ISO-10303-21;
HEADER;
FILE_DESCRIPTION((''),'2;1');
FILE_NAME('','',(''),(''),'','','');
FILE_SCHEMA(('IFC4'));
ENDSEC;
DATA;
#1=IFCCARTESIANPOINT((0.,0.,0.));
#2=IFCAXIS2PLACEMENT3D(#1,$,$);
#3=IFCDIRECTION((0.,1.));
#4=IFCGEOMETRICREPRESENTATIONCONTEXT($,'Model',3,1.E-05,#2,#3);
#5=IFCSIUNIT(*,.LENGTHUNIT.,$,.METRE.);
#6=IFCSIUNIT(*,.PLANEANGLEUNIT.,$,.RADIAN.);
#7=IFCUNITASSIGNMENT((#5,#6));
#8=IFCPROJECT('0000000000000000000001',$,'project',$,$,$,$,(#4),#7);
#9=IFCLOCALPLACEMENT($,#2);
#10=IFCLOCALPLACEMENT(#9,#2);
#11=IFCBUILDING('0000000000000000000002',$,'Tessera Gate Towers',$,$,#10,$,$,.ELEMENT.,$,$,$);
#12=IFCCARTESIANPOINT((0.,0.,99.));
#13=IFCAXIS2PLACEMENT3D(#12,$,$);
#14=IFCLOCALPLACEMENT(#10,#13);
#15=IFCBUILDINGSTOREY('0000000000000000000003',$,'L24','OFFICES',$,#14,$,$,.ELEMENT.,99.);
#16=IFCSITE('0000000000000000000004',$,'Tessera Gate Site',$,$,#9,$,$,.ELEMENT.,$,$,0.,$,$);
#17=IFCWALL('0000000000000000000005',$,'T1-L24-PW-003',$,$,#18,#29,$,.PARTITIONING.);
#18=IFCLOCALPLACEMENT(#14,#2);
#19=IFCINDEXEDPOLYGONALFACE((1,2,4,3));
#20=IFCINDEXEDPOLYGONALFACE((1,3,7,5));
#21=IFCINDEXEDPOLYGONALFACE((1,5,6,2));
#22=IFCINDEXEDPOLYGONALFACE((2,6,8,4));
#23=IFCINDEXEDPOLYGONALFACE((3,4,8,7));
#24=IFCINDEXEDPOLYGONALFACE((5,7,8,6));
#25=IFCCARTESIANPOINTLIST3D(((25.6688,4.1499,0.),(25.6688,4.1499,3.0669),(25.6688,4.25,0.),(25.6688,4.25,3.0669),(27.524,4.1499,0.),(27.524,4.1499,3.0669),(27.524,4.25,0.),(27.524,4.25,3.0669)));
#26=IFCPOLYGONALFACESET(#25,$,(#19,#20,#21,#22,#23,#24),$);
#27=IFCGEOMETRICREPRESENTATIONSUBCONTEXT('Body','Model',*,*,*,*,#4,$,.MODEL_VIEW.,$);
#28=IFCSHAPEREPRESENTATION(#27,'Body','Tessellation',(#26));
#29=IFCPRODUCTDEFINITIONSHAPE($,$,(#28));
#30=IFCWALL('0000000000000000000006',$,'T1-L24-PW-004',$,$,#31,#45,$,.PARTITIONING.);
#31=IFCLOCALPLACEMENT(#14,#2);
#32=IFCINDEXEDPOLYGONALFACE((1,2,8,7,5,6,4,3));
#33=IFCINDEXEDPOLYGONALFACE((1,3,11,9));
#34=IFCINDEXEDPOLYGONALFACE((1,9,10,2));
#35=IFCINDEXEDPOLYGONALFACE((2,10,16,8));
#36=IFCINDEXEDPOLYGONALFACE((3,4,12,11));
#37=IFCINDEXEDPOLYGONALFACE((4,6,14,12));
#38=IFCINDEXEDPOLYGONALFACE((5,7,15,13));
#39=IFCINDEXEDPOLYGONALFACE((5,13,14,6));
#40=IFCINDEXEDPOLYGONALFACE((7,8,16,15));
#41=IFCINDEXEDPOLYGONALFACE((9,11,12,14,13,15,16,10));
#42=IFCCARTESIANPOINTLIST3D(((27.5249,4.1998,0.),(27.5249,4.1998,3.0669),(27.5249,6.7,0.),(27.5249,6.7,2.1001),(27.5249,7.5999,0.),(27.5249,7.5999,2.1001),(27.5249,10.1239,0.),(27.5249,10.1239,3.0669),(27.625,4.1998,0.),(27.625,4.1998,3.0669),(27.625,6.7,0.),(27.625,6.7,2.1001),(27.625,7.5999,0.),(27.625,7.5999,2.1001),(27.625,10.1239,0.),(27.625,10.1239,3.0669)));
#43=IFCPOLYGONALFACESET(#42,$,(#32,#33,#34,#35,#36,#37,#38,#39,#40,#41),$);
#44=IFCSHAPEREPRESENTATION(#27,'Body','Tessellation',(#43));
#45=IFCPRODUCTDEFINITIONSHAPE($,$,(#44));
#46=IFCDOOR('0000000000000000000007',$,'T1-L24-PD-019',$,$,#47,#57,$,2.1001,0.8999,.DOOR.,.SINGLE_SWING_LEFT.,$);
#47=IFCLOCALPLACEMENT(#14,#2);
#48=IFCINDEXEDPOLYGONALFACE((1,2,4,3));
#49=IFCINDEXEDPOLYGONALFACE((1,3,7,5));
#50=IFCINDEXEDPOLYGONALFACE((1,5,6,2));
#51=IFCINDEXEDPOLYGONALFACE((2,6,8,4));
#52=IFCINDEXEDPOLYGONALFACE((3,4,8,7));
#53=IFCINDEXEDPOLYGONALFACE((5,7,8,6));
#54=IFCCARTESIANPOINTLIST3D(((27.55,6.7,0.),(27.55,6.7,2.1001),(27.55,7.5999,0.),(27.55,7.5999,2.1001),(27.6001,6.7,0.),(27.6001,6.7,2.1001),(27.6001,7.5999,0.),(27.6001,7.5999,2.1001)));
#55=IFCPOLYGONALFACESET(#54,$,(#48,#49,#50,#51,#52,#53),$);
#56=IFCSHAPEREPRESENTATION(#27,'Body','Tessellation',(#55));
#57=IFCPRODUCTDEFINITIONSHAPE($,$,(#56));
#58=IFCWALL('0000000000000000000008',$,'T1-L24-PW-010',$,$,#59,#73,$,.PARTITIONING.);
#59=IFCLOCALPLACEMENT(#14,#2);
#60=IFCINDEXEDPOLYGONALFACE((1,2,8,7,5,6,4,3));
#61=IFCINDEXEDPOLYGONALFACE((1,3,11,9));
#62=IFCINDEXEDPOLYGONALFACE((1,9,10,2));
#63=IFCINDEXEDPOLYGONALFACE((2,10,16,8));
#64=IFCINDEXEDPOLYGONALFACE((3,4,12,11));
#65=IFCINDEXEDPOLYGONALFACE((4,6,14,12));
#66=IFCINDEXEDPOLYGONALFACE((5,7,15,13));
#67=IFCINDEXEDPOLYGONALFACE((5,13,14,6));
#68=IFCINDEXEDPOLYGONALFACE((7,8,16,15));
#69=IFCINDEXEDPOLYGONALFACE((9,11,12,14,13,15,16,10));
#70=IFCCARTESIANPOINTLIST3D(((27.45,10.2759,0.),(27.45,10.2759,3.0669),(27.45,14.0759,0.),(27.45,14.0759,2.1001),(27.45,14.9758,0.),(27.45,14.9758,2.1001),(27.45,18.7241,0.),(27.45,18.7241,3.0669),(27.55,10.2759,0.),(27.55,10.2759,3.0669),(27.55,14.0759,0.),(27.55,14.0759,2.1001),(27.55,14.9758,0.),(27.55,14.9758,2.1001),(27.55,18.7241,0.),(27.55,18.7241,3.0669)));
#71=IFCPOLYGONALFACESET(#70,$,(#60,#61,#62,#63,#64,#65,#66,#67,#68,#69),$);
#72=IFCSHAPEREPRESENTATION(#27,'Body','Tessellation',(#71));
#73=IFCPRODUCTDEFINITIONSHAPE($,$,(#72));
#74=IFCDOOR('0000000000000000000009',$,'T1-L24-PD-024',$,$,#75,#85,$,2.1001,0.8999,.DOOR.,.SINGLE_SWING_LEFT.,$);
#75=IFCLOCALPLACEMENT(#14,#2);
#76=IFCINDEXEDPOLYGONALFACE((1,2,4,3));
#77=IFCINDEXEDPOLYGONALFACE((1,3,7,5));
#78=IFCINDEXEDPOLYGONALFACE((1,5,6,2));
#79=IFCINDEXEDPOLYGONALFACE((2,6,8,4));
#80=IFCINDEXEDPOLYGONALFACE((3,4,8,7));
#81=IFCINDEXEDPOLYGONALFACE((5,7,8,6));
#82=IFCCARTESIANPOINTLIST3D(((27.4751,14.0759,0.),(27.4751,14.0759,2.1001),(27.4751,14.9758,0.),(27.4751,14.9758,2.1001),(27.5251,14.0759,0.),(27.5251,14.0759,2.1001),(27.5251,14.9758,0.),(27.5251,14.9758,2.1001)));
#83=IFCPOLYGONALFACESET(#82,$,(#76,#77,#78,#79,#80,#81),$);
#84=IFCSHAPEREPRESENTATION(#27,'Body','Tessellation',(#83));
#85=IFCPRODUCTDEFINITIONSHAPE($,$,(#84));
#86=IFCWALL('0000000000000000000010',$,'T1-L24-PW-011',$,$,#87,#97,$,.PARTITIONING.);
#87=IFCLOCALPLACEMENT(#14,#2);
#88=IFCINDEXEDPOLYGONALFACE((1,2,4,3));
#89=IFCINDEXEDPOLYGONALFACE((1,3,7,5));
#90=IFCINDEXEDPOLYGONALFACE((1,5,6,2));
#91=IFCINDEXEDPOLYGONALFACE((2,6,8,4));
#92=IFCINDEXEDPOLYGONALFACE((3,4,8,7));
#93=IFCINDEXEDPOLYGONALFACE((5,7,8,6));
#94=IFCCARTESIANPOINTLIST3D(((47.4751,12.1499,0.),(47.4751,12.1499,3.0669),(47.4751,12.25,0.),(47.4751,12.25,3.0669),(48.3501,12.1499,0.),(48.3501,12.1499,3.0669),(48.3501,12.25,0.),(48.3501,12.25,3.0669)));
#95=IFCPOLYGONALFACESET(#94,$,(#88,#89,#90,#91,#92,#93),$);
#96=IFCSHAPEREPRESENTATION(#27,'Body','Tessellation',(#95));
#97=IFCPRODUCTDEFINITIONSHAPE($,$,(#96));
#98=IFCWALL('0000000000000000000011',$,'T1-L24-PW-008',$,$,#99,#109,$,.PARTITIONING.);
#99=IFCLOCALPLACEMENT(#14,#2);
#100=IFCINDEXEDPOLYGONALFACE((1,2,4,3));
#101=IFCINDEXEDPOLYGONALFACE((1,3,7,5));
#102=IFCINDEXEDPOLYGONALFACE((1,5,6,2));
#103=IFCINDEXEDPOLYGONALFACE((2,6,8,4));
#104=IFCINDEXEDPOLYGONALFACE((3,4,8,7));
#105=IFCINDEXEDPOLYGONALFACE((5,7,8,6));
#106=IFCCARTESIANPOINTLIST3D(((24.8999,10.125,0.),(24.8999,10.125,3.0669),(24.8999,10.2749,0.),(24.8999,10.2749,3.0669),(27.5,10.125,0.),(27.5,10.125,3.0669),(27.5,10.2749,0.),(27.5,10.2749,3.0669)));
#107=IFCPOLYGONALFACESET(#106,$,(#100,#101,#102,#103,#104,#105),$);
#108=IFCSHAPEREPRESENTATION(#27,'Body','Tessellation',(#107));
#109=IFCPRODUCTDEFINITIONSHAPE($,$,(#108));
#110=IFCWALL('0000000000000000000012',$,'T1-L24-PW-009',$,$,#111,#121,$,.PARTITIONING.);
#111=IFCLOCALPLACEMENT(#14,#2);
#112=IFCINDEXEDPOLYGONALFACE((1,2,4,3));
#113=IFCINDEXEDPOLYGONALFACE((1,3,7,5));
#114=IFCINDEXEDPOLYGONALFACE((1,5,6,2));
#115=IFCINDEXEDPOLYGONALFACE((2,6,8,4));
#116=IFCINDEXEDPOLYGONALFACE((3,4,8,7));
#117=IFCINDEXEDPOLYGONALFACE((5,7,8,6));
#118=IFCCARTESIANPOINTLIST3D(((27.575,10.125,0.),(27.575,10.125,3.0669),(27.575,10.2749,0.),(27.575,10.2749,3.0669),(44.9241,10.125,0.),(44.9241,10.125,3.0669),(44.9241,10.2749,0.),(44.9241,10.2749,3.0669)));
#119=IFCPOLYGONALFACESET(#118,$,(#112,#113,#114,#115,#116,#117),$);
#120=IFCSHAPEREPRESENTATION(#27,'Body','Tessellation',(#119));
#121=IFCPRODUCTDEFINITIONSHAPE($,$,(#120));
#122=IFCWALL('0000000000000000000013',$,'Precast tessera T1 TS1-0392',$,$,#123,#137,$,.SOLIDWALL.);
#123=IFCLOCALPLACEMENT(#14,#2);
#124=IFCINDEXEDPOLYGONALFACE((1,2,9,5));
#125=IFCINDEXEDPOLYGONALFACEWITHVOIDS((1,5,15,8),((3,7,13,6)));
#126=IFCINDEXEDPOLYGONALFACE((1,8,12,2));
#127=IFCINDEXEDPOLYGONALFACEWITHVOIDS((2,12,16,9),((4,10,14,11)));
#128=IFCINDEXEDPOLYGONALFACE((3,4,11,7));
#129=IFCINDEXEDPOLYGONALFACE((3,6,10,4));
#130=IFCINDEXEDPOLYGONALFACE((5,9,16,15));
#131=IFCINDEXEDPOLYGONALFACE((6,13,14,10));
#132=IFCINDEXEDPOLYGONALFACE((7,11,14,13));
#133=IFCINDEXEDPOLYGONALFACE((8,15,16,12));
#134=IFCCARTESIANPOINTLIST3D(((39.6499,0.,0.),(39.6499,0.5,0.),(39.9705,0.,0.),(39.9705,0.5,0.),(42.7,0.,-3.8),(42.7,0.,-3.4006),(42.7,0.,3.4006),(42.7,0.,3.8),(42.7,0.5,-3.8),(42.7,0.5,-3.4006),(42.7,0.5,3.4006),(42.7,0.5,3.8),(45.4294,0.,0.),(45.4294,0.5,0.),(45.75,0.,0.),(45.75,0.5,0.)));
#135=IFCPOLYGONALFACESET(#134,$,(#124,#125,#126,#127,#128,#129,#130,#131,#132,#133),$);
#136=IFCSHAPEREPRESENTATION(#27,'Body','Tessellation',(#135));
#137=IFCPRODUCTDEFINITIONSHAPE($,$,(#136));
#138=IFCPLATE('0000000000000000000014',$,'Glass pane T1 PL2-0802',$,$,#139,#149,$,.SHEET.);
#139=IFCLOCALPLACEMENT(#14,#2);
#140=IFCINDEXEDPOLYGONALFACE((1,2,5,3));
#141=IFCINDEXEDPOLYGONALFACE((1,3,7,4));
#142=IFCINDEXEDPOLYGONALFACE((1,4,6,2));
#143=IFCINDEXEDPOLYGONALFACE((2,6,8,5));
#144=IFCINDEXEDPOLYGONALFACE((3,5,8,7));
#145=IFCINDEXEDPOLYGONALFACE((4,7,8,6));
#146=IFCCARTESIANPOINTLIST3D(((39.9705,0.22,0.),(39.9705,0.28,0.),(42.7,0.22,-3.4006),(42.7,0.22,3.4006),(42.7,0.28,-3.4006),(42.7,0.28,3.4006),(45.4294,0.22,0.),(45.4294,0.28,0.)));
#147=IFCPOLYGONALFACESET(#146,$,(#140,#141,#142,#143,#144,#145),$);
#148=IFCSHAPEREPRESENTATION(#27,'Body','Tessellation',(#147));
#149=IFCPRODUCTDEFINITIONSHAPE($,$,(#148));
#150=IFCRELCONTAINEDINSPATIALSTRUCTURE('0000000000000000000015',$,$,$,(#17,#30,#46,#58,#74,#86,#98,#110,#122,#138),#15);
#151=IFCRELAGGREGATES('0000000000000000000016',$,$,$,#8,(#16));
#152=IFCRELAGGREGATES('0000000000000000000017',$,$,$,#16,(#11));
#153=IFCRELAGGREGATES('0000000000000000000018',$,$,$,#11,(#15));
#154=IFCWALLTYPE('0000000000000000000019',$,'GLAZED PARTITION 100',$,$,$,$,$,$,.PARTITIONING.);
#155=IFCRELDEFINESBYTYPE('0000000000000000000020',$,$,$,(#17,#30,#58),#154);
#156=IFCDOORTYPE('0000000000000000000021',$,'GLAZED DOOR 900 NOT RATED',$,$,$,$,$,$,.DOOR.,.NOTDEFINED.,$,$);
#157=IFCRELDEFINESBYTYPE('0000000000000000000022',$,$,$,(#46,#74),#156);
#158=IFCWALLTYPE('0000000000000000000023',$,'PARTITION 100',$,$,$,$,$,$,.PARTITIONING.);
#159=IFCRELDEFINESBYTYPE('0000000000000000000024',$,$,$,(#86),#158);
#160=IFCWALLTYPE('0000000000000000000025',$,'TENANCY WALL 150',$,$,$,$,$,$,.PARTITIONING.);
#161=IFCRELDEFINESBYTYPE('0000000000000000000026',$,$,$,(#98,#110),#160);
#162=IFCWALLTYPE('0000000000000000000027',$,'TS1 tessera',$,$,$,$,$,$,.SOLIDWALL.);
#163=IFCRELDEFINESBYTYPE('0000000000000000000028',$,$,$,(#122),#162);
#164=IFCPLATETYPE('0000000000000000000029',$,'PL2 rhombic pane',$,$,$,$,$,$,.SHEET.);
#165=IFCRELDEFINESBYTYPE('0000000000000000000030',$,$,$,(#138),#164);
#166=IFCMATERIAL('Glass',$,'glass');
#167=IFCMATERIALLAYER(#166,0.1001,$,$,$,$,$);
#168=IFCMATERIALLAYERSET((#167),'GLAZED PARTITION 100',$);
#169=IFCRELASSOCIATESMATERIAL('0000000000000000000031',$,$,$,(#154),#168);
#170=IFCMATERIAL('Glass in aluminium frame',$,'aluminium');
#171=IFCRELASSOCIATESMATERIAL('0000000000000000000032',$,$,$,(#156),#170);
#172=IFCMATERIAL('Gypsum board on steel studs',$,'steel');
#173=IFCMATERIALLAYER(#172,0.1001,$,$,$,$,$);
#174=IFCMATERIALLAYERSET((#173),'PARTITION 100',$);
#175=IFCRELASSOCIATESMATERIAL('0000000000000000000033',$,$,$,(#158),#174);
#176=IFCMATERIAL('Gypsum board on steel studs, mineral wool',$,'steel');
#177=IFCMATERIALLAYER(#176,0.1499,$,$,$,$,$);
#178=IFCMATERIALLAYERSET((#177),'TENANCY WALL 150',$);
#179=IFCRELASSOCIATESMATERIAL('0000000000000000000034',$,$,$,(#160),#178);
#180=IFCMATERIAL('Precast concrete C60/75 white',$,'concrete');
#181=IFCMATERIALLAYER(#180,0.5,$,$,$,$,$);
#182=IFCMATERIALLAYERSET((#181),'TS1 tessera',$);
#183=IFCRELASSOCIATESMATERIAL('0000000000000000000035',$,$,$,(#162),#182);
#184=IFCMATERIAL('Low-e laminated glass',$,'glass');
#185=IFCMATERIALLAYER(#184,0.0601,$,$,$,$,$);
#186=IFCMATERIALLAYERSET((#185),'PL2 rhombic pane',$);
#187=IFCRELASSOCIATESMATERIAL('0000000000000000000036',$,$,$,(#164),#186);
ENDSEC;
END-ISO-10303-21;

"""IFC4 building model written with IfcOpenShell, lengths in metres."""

from ifc_helpers import new_model, si_unit, direction, frame, frame_2d, origin, place, context, subcontext, project, spatial, polyline, rectangle, outline, extrude, source, transform, mapped, material, layer, layer_set, type_object, element, fill, save


model = new_model("IFC4")

# Units and contexts
model_context = context("Model", 3, precision=1e-05, world=origin(), true_north=direction((0.0, 1.0)))
body_context = subcontext(model_context, "Body", "Model", "MODEL_VIEW")
ifc_project = project(units=[si_unit("LENGTHUNIT", "METRE"), si_unit("PLANEANGLEUNIT", "RADIAN")], contexts=[model_context])

# Site, building, storey
site_placement = place(None, origin())
site = spatial("IfcSite", under=ifc_project, at=site_placement, Name="Tessera Gate Site", CompositionType="ELEMENT", RefElevation=0.0)
building_placement = place(site_placement, origin())
building = spatial("IfcBuilding", under=site, at=building_placement, Name="Tessera Gate Towers", CompositionType="ELEMENT")
storey_placement = place(building_placement, frame((0.0, 0.0, 99.0)))
storey = spatial("IfcBuildingStorey", under=building, at=storey_placement, Name="L24", Description="OFFICES", CompositionType="ELEMENT", Elevation=99.0)

# Shared definitions
shared_shape_1 = source(origin(), body_context, "Body", "SweptSolid", [
    extrude(rectangle(XDim=0.8999, YDim=2.1001, at=frame_2d((0.45, 1.05))), frame((0.0, 0.0249, 0.0), z_axis=(0.0, -1.0, 0.0), x_axis=(1.0, 0.0, 0.0)), (0.0, 0.0, 1.0), 0.05),
])

# Wall
ifc_material_1 = material(Name="Glass", Category="glass")
ifc_layer_1 = layer(ifc_material_1, 0.1001)
ifc_layer_set_1 = layer_set([ifc_layer_1], Name="GLAZED PARTITION 100")
wall_type_1 = type_object("IfcWallType", Name="GLAZED PARTITION 100", PredefinedType="PARTITIONING", material=ifc_layer_set_1)
wall_1_placement = place(storey_placement, frame((25.6687, 4.2, 0.0), z_axis=(0.0, 0.0, 1.0), x_axis=(1.0, 0.0, 0.0)))
element("IfcWall", 1, at=wall_1_placement, inside=storey, type_object=wall_type_1, Name="T1-L24-PW-003", PredefinedType="PARTITIONING", context=body_context, shape_type="SweptSolid", body=[
    extrude(rectangle(XDim=1.8552, YDim=0.1001, at=frame_2d((0.9277, 0.0))), origin(), (0.0, 0.0, 1.0), 3.0669),
])

# Walls, openings, doors
wall_2_placement = place(storey_placement, frame((27.575, 4.2, 0.0), z_axis=(0.0, 0.0, 1.0), x_axis=(0.0, 1.0, 0.0)))
wall_2 = element("IfcWall", 2, at=wall_2_placement, inside=storey, type_object=wall_type_1, Name="T1-L24-PW-004", PredefinedType="PARTITIONING", context=body_context, shape_type="SweptSolid", body=[
    extrude(rectangle(XDim=5.9241, YDim=0.1001, at=frame_2d((2.9619, 0.0))), origin(), (0.0, 0.0, 1.0), 3.0669),
])
shared_shape_2 = source(origin(), body_context, "Body", "SweptSolid", [
    extrude(rectangle(XDim=0.8999, YDim=2.1001, at=frame_2d((0.45, 1.05))), frame((0.0, 0.0601, 0.0), z_axis=(0.0, -1.0, 0.0), x_axis=(1.0, 0.0, 0.0)), (0.0, 0.0, 1.0), 0.1201),
])
opening_1_placement = place(wall_2_placement, frame((2.5, 0.0, 0.0)))
opening_1 = element("IfcOpeningElement", 3, at=opening_1_placement, cuts=wall_2, PredefinedType="OPENING", context=body_context, shape_type="MappedRepresentation", body=[
    mapped(shared_shape_2, transform((0.0, 0.0, 0.0), scale=1.0)),
])
ifc_material_2 = material(Name="Glass in aluminium frame", Category="aluminium")
door_type_1 = type_object("IfcDoorType", Name="GLAZED DOOR 900 NOT RATED", OperationType="NOTDEFINED", PredefinedType="DOOR", material=ifc_material_2)
door_1_placement = place(opening_1_placement, origin())
door_1 = element("IfcDoor", 4, at=door_1_placement, inside=storey, type_object=door_type_1, Name="T1-L24-PD-019", OperationType="SINGLE_SWING_LEFT", OverallHeight=2.1001, OverallWidth=0.8999, PredefinedType="DOOR", context=body_context, shape_type="MappedRepresentation", body=[
    mapped(shared_shape_1, transform((0.0, 0.0, 0.0), scale=1.0)),
])
fill(opening_1, door_1)
wall_3_placement = place(storey_placement, frame((27.5, 10.2759, 0.0), z_axis=(0.0, 0.0, 1.0), x_axis=(0.0, 1.0, 0.0)))
wall_3 = element("IfcWall", 5, at=wall_3_placement, inside=storey, type_object=wall_type_1, Name="T1-L24-PW-010", PredefinedType="PARTITIONING", context=body_context, shape_type="SweptSolid", body=[
    extrude(rectangle(XDim=8.4482, YDim=0.1001, at=frame_2d((4.2241, 0.0))), origin(), (0.0, 0.0, 1.0), 3.0669),
])
opening_2_placement = place(wall_3_placement, frame((3.8, 0.0, 0.0)))
opening_2 = element("IfcOpeningElement", 6, at=opening_2_placement, cuts=wall_3, PredefinedType="OPENING", context=body_context, shape_type="MappedRepresentation", body=[
    mapped(shared_shape_2, transform((0.0, 0.0, 0.0), scale=1.0)),
])
door_2_placement = place(opening_2_placement, origin())
door_2 = element("IfcDoor", 7, at=door_2_placement, inside=storey, type_object=door_type_1, Name="T1-L24-PD-024", OperationType="SINGLE_SWING_LEFT", OverallHeight=2.1001, OverallWidth=0.8999, PredefinedType="DOOR", context=body_context, shape_type="MappedRepresentation", body=[
    mapped(shared_shape_1, transform((0.0, 0.0, 0.0), scale=1.0)),
])
fill(opening_2, door_2)

# Walls
ifc_material_3 = material(Name="Gypsum board on steel studs", Category="steel")
ifc_layer_2 = layer(ifc_material_3, 0.1001)
ifc_layer_set_2 = layer_set([ifc_layer_2], Name="PARTITION 100")
wall_type_2 = type_object("IfcWallType", Name="PARTITION 100", PredefinedType="PARTITIONING", material=ifc_layer_set_2)
wall_4_placement = place(storey_placement, frame((48.3501, 12.2, 0.0), z_axis=(0.0, 0.0, 1.0), x_axis=(-1.0, 0.0, 0.0)))
element("IfcWall", 8, at=wall_4_placement, inside=storey, type_object=wall_type_2, Name="T1-L24-PW-011", PredefinedType="PARTITIONING", context=body_context, shape_type="SweptSolid", body=[
    extrude(rectangle(XDim=0.875, YDim=0.1001, at=frame_2d((0.4375, 0.0))), origin(), (0.0, 0.0, 1.0), 3.0669),
])
ifc_material_4 = material(Name="Gypsum board on steel studs, mineral wool", Category="steel")
ifc_layer_3 = layer(ifc_material_4, 0.1499)
ifc_layer_set_3 = layer_set([ifc_layer_3], Name="TENANCY WALL 150")
wall_type_3 = type_object("IfcWallType", Name="TENANCY WALL 150", PredefinedType="PARTITIONING", material=ifc_layer_set_3)
wall_5_placement = place(storey_placement, frame((24.8999, 10.2, 0.0), z_axis=(0.0, 0.0, 1.0), x_axis=(1.0, 0.0, 0.0)))
element("IfcWall", 9, at=wall_5_placement, inside=storey, type_object=wall_type_3, Name="T1-L24-PW-008", PredefinedType="PARTITIONING", context=body_context, shape_type="SweptSolid", body=[
    extrude(rectangle(XDim=2.6001, YDim=0.1499, at=frame_2d((1.3, 0.0))), origin(), (0.0, 0.0, 1.0), 3.0669),
])
wall_6_placement = place(storey_placement, frame((27.575, 10.2, 0.0), z_axis=(0.0, 0.0, 1.0), x_axis=(1.0, 0.0, 0.0)))
element("IfcWall", 10, at=wall_6_placement, inside=storey, type_object=wall_type_3, Name="T1-L24-PW-009", PredefinedType="PARTITIONING", context=body_context, shape_type="SweptSolid", body=[
    extrude(rectangle(XDim=17.3491, YDim=0.1499, at=frame_2d((8.6746, 0.0))), origin(), (0.0, 0.0, 1.0), 3.0669),
])

# Wall, opening, plate
ifc_material_5 = material(Name="Precast concrete C60/75 white", Category="concrete")
ifc_layer_4 = layer(ifc_material_5, 0.5)
ifc_layer_set_4 = layer_set([ifc_layer_4], Name="TS1 tessera")
wall_type_4 = type_object("IfcWallType", Name="TS1 tessera", PredefinedType="SOLIDWALL", material=ifc_layer_set_4)
shared_shape_3 = source(origin(), body_context, "Body", "SweptSolid", [
    extrude(outline(polyline([(3.05, 0.0), (6.1001, 3.8), (3.05, 7.6001), (0.0, 3.8), (3.05, 0.0)])), frame((0.0, 0.25, 0.0), z_axis=(0.0, -1.0, 0.0), x_axis=(1.0, 0.0, 0.0)), (0.0, 0.0, 1.0), 0.5),
])
wall_7_placement = place(storey_placement, frame((39.6499, 0.25, -3.8), z_axis=(0.0, 0.0, 1.0), x_axis=(1.0, 0.0, 0.0)))
wall_7 = element("IfcWall", 11, at=wall_7_placement, inside=storey, type_object=wall_type_4, Name="Precast tessera T1 TS1-0392", PredefinedType="SOLIDWALL", context=body_context, shape_type="MappedRepresentation", body=[
    mapped(shared_shape_3, transform((0.0, 0.0, 0.0), scale=1.0)),
])
shared_shape_4 = source(origin(), body_context, "Body", "SweptSolid", [
    extrude(outline(polyline([(3.05, 0.3994), (5.7795, 3.8), (3.05, 7.2007), (0.3206, 3.8), (3.05, 0.3994)])), frame((0.0, 0.26, 0.0), z_axis=(0.0, -1.0, 0.0), x_axis=(1.0, 0.0, 0.0)), (0.0, 0.0, 1.0), 0.52),
])
opening_3_placement = place(wall_7_placement, origin())
opening_3 = element("IfcOpeningElement", 12, at=opening_3_placement, cuts=wall_7, PredefinedType="OPENING", context=body_context, shape_type="MappedRepresentation", body=[
    mapped(shared_shape_4, transform((0.0, 0.0, 0.0), scale=1.0)),
])
ifc_material_6 = material(Name="Low-e laminated glass", Category="glass")
ifc_layer_5 = layer(ifc_material_6, 0.0601)
ifc_layer_set_5 = layer_set([ifc_layer_5], Name="PL2 rhombic pane")
plate_type = type_object("IfcPlateType", Name="PL2 rhombic pane", PredefinedType="SHEET", material=ifc_layer_set_5)
shared_shape_5 = source(origin(), body_context, "Body", "SweptSolid", [
    extrude(outline(polyline([(3.05, 0.3994), (5.7795, 3.8), (3.05, 7.2007), (0.3206, 3.8), (3.05, 0.3994)])), frame((0.0, 0.03, 0.0), z_axis=(0.0, -1.0, 0.0), x_axis=(1.0, 0.0, 0.0)), (0.0, 0.0, 1.0), 0.0601),
])
plate_1_placement = place(opening_3_placement, origin())
plate_1 = element("IfcPlate", 13, at=plate_1_placement, inside=storey, type_object=plate_type, Name="Glass pane T1 PL2-0802", PredefinedType="SHEET", context=body_context, shape_type="MappedRepresentation", body=[
    mapped(shared_shape_5, transform((0.0, 0.0, 0.0), scale=1.0)),
])
fill(opening_3, plate_1)

save(model, "model.ifc")
